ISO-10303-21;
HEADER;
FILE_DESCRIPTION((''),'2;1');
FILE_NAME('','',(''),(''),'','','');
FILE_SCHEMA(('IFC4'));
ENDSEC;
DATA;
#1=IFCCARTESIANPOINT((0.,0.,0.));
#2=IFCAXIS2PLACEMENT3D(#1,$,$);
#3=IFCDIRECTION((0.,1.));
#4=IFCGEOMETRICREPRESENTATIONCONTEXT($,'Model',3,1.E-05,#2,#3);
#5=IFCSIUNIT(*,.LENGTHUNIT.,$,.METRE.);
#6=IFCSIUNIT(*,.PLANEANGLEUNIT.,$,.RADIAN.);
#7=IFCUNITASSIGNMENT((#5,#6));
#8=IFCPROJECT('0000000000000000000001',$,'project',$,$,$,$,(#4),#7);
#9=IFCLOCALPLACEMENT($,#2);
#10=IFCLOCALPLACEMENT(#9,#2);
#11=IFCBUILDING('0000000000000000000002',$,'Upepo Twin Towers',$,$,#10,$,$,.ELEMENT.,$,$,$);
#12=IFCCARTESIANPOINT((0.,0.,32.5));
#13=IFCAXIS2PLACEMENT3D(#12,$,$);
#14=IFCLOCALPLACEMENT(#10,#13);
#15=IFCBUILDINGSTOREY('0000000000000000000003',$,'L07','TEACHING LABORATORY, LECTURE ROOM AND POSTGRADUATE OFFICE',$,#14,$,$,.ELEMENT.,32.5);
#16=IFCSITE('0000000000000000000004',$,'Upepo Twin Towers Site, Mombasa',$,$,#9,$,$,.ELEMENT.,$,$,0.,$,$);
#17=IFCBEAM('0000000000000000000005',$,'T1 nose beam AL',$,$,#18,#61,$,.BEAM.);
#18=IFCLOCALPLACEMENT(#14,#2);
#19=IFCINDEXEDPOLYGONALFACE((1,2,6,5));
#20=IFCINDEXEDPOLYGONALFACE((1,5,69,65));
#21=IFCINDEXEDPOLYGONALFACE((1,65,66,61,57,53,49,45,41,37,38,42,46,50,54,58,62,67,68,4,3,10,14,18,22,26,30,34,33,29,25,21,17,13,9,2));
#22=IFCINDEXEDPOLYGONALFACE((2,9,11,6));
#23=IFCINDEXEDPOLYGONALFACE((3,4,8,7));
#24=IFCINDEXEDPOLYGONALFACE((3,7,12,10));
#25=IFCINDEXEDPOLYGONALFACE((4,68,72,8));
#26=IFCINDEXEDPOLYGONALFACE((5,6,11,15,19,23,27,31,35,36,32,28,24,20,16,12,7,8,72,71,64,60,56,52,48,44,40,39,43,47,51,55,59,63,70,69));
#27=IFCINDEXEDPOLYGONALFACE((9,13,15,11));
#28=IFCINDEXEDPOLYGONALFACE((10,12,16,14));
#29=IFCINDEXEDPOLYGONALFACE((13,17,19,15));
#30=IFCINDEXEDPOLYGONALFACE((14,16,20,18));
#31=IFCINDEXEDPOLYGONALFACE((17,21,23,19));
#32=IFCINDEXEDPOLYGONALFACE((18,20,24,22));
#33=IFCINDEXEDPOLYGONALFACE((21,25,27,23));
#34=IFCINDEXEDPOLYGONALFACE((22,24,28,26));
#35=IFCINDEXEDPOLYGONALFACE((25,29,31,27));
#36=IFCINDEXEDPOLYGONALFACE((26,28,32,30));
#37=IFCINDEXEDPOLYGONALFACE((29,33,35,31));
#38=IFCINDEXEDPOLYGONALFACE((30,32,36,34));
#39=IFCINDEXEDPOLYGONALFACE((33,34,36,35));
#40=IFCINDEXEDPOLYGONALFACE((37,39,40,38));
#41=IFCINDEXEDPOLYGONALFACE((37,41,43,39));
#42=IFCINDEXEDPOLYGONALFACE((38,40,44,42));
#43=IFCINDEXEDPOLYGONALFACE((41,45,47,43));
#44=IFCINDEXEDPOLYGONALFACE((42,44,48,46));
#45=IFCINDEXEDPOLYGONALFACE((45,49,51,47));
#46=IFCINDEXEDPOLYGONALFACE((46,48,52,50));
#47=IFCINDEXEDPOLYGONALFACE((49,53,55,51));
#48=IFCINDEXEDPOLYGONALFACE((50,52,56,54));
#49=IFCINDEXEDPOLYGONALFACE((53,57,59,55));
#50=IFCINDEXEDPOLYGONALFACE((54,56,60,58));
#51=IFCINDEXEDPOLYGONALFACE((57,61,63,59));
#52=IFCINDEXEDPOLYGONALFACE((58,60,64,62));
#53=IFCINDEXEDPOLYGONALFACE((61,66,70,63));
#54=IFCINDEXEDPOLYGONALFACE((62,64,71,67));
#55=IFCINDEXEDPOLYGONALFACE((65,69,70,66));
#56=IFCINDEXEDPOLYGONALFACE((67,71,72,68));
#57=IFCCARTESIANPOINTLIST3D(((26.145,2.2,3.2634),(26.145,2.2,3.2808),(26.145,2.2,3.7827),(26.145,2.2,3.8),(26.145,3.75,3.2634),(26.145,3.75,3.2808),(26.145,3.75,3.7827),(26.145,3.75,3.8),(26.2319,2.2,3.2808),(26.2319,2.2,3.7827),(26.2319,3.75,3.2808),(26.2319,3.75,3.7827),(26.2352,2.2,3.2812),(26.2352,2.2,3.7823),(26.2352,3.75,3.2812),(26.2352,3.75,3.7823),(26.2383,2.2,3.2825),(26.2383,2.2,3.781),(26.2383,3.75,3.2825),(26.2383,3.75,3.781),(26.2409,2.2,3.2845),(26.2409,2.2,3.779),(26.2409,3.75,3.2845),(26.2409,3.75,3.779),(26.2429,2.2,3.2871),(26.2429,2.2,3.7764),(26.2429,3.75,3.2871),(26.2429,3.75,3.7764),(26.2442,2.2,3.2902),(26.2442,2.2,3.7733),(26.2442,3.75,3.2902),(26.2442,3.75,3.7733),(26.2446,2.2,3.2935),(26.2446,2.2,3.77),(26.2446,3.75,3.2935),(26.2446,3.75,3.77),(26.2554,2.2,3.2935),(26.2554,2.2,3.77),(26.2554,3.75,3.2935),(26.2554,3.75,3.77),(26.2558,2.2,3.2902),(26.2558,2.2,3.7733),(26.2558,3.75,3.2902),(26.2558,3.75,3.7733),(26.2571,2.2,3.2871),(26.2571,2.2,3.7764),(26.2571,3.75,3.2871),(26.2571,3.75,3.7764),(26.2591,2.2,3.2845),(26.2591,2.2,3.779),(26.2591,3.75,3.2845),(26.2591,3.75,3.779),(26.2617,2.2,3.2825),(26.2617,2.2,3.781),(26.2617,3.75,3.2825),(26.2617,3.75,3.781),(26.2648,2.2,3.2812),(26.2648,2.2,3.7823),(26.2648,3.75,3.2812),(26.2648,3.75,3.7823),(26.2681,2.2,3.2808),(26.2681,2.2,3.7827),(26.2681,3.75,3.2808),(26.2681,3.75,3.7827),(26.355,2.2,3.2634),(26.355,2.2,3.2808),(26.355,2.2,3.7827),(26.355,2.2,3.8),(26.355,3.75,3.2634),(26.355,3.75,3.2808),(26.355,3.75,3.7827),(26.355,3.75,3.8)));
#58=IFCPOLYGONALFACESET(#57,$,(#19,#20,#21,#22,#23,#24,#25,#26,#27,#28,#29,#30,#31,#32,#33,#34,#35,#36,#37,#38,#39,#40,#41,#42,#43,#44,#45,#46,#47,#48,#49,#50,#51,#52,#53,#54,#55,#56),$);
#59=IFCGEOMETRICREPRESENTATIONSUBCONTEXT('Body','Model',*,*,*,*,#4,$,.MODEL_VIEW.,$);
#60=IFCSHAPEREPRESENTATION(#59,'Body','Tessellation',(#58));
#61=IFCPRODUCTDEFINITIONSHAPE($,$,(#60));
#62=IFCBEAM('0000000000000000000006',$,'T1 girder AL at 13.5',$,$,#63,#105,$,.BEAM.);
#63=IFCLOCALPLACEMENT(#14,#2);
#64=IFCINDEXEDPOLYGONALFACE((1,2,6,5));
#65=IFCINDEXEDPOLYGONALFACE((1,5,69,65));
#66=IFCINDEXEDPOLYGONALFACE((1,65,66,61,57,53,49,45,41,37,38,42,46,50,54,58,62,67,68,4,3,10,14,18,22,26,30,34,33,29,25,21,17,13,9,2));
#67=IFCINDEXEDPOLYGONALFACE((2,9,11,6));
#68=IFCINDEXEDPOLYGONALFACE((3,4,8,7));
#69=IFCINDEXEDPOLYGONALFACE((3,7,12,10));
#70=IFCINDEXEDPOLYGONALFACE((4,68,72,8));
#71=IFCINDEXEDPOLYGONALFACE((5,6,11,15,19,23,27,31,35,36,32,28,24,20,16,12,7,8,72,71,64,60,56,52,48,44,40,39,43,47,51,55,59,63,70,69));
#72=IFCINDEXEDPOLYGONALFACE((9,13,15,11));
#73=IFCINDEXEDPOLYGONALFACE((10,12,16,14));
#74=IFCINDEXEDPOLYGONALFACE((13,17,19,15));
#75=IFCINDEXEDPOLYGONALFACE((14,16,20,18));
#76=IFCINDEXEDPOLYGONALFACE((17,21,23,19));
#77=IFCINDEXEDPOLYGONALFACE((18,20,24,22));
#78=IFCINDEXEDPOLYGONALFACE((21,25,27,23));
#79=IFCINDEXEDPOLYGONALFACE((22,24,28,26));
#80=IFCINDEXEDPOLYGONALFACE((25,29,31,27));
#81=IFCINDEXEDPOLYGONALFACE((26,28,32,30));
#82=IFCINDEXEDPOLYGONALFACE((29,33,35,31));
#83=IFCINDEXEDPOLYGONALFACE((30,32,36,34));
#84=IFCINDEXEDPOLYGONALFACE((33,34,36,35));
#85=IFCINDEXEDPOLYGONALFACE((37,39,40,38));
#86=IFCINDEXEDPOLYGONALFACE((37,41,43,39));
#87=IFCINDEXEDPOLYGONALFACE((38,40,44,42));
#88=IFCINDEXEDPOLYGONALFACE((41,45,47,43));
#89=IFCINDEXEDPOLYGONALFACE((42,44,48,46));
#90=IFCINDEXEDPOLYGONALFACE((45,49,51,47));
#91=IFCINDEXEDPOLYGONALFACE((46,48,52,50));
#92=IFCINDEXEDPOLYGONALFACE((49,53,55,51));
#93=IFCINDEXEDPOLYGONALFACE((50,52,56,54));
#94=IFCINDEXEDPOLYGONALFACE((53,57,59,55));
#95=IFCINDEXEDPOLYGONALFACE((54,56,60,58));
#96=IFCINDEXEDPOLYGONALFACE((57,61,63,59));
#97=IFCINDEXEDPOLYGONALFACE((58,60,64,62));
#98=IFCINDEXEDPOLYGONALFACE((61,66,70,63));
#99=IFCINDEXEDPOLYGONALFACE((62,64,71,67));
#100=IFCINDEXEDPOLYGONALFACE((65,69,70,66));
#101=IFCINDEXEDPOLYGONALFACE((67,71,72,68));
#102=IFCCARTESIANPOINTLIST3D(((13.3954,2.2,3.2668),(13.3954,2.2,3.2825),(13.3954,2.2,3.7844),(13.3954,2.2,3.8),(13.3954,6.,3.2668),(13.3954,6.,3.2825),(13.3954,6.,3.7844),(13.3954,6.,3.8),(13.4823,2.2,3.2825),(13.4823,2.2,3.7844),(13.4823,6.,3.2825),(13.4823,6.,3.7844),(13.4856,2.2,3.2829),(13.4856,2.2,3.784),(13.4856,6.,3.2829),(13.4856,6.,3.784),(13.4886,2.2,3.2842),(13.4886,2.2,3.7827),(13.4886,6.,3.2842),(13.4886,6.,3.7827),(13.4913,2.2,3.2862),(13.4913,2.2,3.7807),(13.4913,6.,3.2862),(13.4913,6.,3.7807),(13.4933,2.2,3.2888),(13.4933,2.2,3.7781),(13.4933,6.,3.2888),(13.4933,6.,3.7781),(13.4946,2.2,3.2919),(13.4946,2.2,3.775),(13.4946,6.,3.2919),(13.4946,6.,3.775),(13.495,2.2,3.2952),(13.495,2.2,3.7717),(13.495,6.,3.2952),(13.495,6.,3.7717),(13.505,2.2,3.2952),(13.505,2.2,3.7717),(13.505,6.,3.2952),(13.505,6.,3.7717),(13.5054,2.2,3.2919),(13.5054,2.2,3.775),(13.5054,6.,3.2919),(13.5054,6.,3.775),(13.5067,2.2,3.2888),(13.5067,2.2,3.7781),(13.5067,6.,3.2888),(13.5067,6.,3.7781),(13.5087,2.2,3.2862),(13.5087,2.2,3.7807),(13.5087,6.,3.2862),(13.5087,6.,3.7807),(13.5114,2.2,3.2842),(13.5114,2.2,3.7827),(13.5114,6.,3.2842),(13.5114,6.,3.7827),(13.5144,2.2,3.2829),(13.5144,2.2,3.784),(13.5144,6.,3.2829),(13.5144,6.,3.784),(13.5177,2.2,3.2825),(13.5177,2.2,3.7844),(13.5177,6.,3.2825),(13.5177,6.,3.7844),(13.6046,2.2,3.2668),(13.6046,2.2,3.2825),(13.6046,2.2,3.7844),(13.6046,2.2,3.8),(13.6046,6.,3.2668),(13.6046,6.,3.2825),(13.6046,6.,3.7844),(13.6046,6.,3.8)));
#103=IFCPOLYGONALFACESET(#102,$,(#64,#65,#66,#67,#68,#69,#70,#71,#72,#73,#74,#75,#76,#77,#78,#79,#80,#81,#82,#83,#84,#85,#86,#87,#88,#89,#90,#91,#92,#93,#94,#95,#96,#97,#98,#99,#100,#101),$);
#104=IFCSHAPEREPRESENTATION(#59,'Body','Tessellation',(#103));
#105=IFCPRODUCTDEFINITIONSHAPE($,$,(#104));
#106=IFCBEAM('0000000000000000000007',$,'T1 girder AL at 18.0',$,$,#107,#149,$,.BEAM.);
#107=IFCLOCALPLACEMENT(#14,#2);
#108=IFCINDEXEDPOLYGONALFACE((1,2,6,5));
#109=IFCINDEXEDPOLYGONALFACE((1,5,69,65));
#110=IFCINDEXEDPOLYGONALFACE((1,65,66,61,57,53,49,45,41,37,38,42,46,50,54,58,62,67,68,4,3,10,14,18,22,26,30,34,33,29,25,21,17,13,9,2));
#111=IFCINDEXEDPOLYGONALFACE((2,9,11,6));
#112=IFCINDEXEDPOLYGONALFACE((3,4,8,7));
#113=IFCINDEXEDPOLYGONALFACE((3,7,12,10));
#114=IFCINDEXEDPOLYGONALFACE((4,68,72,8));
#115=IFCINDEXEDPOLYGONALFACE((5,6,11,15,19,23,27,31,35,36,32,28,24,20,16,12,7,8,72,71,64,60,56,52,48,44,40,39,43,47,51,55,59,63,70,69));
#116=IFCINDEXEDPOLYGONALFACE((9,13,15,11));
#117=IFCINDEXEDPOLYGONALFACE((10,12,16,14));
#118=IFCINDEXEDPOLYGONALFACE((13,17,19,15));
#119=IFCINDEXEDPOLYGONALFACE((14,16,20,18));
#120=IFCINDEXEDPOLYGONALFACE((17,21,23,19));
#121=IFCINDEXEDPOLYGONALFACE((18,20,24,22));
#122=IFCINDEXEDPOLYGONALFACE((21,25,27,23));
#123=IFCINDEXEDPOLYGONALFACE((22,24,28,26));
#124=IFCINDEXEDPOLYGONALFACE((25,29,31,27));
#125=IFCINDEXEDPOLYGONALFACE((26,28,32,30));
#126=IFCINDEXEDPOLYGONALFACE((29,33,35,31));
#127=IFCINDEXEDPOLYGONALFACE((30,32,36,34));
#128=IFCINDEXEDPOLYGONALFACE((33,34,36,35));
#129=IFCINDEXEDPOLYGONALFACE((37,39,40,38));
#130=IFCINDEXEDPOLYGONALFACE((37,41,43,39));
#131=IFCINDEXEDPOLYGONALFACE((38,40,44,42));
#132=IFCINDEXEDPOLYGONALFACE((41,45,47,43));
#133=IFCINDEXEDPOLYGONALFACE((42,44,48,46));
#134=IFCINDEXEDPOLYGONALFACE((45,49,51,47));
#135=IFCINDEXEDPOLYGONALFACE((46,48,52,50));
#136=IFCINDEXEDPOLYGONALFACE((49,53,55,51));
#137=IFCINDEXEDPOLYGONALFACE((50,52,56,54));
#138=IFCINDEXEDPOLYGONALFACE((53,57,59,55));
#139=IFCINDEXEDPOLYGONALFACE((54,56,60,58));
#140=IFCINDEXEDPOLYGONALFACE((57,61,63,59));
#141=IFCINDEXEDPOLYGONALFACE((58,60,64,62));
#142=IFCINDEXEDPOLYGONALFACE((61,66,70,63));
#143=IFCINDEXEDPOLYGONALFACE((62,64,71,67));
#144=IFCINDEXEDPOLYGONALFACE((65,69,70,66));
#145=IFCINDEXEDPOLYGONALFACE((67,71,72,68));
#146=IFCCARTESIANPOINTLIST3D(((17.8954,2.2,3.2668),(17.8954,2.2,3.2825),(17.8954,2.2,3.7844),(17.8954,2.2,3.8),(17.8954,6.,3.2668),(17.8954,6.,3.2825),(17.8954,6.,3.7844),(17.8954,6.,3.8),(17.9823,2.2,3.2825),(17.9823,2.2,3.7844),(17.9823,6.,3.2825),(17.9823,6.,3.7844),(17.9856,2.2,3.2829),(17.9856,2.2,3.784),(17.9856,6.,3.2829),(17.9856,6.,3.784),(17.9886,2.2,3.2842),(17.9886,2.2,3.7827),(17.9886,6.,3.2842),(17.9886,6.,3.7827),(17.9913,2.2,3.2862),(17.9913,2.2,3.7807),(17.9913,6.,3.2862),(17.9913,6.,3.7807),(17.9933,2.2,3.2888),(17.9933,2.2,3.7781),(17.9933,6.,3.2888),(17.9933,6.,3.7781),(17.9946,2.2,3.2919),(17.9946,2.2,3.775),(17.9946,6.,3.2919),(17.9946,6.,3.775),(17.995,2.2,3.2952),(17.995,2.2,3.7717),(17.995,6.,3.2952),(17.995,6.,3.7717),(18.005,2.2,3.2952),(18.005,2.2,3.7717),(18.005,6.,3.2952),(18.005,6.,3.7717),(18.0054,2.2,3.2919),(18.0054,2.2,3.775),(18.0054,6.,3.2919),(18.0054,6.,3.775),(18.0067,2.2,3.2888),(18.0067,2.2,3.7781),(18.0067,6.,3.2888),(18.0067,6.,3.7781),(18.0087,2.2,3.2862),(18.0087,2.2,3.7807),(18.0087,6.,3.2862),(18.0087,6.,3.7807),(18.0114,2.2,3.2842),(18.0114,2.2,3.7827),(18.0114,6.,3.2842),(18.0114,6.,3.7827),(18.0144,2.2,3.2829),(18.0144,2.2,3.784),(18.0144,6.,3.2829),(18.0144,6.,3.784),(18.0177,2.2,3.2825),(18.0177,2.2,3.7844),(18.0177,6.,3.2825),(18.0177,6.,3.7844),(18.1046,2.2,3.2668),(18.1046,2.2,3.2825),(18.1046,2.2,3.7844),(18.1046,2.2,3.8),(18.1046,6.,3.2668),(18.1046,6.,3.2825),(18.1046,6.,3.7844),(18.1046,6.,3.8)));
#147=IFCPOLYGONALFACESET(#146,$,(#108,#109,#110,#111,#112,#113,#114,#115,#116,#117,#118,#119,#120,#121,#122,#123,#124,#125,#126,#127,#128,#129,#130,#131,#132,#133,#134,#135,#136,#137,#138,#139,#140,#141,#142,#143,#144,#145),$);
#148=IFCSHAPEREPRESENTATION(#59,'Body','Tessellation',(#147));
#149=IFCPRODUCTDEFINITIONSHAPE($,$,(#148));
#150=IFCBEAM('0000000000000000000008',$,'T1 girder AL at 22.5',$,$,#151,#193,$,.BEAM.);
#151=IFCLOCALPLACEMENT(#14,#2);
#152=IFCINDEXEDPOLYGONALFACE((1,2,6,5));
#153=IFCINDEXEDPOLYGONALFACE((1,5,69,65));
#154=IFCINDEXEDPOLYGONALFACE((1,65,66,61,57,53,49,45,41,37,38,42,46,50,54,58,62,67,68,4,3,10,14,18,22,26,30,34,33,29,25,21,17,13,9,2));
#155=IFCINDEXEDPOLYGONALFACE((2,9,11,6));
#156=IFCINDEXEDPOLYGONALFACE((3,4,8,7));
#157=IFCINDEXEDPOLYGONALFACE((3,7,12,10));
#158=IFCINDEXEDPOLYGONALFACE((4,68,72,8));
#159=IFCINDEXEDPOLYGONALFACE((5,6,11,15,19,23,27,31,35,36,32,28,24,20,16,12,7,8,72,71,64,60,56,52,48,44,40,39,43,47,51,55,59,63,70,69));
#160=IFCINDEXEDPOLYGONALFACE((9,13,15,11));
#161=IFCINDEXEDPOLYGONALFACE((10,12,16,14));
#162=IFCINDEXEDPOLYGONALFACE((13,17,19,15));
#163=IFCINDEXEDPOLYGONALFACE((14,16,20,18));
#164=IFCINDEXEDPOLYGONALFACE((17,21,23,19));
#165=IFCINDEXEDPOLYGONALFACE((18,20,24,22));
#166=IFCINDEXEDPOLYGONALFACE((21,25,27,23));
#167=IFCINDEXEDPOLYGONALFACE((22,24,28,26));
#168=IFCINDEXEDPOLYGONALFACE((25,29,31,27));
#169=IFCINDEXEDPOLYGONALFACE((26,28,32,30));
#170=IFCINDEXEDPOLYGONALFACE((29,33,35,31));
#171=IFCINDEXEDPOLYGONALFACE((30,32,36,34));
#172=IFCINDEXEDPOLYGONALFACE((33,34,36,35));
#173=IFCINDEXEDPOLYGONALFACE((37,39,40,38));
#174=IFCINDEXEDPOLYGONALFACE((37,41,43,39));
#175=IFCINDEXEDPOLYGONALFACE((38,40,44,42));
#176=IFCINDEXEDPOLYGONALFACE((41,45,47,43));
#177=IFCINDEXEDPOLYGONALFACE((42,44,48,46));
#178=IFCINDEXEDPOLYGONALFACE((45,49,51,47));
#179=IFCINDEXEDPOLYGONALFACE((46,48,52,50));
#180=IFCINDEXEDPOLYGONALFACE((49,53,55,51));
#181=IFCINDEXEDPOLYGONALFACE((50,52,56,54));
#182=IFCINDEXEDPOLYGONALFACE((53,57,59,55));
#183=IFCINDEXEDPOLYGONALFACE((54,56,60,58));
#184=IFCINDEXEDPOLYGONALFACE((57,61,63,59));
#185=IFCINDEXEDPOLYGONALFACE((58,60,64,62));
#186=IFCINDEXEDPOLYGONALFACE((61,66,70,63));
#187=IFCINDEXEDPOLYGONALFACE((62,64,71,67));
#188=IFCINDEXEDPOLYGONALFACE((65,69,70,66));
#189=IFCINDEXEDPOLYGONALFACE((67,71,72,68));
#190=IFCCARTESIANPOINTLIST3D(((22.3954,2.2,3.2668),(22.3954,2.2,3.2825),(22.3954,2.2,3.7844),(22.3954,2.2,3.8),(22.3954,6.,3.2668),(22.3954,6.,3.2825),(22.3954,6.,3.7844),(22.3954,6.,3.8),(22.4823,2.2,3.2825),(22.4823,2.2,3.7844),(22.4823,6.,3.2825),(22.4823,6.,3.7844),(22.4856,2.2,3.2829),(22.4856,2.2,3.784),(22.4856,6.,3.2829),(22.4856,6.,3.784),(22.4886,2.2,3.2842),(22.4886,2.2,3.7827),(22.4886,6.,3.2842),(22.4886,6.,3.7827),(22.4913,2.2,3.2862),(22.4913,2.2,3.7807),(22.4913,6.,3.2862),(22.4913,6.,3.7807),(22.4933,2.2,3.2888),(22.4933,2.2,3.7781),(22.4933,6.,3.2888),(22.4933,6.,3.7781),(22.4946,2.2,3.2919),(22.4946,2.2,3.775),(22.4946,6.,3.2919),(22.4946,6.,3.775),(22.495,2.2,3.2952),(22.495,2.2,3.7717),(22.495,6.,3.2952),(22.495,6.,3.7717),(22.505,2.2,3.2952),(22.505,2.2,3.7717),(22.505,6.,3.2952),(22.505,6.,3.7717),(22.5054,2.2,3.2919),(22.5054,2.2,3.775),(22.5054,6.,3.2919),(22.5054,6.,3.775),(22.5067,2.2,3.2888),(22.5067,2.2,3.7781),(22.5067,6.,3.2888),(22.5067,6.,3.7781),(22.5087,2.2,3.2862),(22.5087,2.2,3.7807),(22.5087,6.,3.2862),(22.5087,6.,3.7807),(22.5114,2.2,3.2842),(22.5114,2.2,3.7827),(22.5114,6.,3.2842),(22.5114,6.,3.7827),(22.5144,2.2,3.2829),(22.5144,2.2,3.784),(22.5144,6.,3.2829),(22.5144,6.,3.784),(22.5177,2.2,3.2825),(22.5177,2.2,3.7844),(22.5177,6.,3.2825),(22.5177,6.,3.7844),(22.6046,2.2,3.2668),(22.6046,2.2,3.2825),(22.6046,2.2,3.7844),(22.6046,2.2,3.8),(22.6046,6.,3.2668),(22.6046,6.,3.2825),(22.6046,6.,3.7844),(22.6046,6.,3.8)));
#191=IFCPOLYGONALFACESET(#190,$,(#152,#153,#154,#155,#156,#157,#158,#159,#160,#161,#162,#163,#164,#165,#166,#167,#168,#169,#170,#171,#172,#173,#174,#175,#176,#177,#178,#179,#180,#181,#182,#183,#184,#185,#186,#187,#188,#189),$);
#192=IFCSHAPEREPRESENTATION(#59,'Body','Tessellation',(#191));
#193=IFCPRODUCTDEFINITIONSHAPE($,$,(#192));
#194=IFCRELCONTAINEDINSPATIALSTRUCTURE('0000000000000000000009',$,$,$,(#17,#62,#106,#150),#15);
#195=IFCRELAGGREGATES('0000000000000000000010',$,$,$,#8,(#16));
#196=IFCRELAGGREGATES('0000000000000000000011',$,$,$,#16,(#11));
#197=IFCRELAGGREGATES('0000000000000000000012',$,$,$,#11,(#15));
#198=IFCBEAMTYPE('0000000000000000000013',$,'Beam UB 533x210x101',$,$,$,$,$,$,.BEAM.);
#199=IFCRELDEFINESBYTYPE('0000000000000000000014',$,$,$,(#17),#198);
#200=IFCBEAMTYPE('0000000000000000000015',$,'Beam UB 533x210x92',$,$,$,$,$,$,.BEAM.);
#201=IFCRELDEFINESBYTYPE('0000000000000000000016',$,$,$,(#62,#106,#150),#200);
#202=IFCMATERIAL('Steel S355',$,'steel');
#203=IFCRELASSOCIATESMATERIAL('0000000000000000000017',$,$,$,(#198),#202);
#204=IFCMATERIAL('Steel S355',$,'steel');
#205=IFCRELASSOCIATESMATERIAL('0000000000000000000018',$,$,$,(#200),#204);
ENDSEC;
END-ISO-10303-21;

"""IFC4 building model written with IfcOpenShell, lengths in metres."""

from ifc_helpers import new_model, si_unit, direction, frame, origin, origin_2d, place, context, subcontext, project, spatial, i_section, extrude, material, material_profile, profile_set, type_object, element, save


model = new_model("IFC4")

# Units and contexts
model_context = context("Model", 3, precision=1e-05, world=origin(), true_north=direction((0.0, 1.0)))
body_context = subcontext(model_context, "Body", "Model", "MODEL_VIEW")
ifc_project = project(units=[si_unit("LENGTHUNIT", "METRE"), si_unit("PLANEANGLEUNIT", "RADIAN")], contexts=[model_context])

# Site, building, storey
site_placement = place(None, origin())
site = spatial("IfcSite", under=ifc_project, at=site_placement, Name="Upepo Twin Towers Site, Mombasa", CompositionType="ELEMENT", RefElevation=0.0)
building_placement = place(site_placement, origin())
building = spatial("IfcBuilding", under=site, at=building_placement, Name="Upepo Twin Towers", CompositionType="ELEMENT")
storey_placement = place(building_placement, frame((0.0, 0.0, 32.5)))
storey = spatial("IfcBuildingStorey", under=building, at=storey_placement, Name="L07", Description="TEACHING LABORATORY, LECTURE ROOM AND POSTGRADUATE OFFICE", CompositionType="ELEMENT", Elevation=32.5)

# Beams
ifc_material_1 = material(Name="Steel S355", Category="steel")
ifc_material_profile_1 = material_profile(ifc_material_1, i_section(OverallWidth=0.21, OverallDepth=0.5366, WebThickness=0.0107, FlangeThickness=0.0173, FilletRadius=0.0127, at=origin_2d()), Name="UB 533x210x101")
ifc_profile_set_1 = profile_set([ifc_material_profile_1], Name="Steel S355")
beam_type_1 = type_object("IfcBeamType", Name="Beam UB 533x210x101", PredefinedType="BEAM", material=ifc_profile_set_1)
beam_1_placement = place(storey_placement, frame((26.25, 3.75, 3.5317), z_axis=(0.0, -1.0, 0.0), x_axis=(1.0, 0.0, 0.0)))
element("IfcBeam", 1, at=beam_1_placement, inside=storey, type_object=beam_type_1, Name="T1 nose beam AL", PredefinedType="BEAM", context=body_context, shape_type="SweptSolid", body=[
    extrude(i_section(OverallWidth=0.21, OverallDepth=0.5366, WebThickness=0.0107, FlangeThickness=0.0173, FilletRadius=0.0127, at=origin_2d()), origin(), (0.0, 0.0, 1.0), 1.55),
])
ifc_material_2 = material(Name="Steel S355", Category="steel")
ifc_material_profile_2 = material_profile(ifc_material_2, i_section(OverallWidth=0.2092, OverallDepth=0.5332, WebThickness=0.01, FlangeThickness=0.0156, FilletRadius=0.0127, at=origin_2d()), Name="UB 533x210x92")
ifc_profile_set_2 = profile_set([ifc_material_profile_2], Name="Steel S355")
beam_type_2 = type_object("IfcBeamType", Name="Beam UB 533x210x92", PredefinedType="BEAM", material=ifc_profile_set_2)
for number, where, z_axis, x_axis, name in (
    (2, (13.5, 6.0, 3.5334), (0.0, -1.0, 0.0), (1.0, 0.0, 0.0), "T1 girder AL at 13.5"),
    (3, (18.0, 6.0, 3.5334), (0.0, -1.0, 0.0), (1.0, 0.0, 0.0), "T1 girder AL at 18.0"),
    (4, (22.5, 6.0, 3.5334), (0.0, -1.0, 0.0), (1.0, 0.0, 0.0), "T1 girder AL at 22.5"),
):
    element("IfcBeam", number, at=place(storey_placement, frame(where, z_axis=z_axis, x_axis=x_axis)), inside=storey, type_object=beam_type_2, Name=name, PredefinedType="BEAM", context=body_context, shape_type="SweptSolid", body=[
        extrude(i_section(OverallWidth=0.2092, OverallDepth=0.5332, WebThickness=0.01, FlangeThickness=0.0156, FilletRadius=0.0127, at=origin_2d()), origin(), (0.0, 0.0, 1.0), 3.8),
    ])

save(model, "model.ifc")
